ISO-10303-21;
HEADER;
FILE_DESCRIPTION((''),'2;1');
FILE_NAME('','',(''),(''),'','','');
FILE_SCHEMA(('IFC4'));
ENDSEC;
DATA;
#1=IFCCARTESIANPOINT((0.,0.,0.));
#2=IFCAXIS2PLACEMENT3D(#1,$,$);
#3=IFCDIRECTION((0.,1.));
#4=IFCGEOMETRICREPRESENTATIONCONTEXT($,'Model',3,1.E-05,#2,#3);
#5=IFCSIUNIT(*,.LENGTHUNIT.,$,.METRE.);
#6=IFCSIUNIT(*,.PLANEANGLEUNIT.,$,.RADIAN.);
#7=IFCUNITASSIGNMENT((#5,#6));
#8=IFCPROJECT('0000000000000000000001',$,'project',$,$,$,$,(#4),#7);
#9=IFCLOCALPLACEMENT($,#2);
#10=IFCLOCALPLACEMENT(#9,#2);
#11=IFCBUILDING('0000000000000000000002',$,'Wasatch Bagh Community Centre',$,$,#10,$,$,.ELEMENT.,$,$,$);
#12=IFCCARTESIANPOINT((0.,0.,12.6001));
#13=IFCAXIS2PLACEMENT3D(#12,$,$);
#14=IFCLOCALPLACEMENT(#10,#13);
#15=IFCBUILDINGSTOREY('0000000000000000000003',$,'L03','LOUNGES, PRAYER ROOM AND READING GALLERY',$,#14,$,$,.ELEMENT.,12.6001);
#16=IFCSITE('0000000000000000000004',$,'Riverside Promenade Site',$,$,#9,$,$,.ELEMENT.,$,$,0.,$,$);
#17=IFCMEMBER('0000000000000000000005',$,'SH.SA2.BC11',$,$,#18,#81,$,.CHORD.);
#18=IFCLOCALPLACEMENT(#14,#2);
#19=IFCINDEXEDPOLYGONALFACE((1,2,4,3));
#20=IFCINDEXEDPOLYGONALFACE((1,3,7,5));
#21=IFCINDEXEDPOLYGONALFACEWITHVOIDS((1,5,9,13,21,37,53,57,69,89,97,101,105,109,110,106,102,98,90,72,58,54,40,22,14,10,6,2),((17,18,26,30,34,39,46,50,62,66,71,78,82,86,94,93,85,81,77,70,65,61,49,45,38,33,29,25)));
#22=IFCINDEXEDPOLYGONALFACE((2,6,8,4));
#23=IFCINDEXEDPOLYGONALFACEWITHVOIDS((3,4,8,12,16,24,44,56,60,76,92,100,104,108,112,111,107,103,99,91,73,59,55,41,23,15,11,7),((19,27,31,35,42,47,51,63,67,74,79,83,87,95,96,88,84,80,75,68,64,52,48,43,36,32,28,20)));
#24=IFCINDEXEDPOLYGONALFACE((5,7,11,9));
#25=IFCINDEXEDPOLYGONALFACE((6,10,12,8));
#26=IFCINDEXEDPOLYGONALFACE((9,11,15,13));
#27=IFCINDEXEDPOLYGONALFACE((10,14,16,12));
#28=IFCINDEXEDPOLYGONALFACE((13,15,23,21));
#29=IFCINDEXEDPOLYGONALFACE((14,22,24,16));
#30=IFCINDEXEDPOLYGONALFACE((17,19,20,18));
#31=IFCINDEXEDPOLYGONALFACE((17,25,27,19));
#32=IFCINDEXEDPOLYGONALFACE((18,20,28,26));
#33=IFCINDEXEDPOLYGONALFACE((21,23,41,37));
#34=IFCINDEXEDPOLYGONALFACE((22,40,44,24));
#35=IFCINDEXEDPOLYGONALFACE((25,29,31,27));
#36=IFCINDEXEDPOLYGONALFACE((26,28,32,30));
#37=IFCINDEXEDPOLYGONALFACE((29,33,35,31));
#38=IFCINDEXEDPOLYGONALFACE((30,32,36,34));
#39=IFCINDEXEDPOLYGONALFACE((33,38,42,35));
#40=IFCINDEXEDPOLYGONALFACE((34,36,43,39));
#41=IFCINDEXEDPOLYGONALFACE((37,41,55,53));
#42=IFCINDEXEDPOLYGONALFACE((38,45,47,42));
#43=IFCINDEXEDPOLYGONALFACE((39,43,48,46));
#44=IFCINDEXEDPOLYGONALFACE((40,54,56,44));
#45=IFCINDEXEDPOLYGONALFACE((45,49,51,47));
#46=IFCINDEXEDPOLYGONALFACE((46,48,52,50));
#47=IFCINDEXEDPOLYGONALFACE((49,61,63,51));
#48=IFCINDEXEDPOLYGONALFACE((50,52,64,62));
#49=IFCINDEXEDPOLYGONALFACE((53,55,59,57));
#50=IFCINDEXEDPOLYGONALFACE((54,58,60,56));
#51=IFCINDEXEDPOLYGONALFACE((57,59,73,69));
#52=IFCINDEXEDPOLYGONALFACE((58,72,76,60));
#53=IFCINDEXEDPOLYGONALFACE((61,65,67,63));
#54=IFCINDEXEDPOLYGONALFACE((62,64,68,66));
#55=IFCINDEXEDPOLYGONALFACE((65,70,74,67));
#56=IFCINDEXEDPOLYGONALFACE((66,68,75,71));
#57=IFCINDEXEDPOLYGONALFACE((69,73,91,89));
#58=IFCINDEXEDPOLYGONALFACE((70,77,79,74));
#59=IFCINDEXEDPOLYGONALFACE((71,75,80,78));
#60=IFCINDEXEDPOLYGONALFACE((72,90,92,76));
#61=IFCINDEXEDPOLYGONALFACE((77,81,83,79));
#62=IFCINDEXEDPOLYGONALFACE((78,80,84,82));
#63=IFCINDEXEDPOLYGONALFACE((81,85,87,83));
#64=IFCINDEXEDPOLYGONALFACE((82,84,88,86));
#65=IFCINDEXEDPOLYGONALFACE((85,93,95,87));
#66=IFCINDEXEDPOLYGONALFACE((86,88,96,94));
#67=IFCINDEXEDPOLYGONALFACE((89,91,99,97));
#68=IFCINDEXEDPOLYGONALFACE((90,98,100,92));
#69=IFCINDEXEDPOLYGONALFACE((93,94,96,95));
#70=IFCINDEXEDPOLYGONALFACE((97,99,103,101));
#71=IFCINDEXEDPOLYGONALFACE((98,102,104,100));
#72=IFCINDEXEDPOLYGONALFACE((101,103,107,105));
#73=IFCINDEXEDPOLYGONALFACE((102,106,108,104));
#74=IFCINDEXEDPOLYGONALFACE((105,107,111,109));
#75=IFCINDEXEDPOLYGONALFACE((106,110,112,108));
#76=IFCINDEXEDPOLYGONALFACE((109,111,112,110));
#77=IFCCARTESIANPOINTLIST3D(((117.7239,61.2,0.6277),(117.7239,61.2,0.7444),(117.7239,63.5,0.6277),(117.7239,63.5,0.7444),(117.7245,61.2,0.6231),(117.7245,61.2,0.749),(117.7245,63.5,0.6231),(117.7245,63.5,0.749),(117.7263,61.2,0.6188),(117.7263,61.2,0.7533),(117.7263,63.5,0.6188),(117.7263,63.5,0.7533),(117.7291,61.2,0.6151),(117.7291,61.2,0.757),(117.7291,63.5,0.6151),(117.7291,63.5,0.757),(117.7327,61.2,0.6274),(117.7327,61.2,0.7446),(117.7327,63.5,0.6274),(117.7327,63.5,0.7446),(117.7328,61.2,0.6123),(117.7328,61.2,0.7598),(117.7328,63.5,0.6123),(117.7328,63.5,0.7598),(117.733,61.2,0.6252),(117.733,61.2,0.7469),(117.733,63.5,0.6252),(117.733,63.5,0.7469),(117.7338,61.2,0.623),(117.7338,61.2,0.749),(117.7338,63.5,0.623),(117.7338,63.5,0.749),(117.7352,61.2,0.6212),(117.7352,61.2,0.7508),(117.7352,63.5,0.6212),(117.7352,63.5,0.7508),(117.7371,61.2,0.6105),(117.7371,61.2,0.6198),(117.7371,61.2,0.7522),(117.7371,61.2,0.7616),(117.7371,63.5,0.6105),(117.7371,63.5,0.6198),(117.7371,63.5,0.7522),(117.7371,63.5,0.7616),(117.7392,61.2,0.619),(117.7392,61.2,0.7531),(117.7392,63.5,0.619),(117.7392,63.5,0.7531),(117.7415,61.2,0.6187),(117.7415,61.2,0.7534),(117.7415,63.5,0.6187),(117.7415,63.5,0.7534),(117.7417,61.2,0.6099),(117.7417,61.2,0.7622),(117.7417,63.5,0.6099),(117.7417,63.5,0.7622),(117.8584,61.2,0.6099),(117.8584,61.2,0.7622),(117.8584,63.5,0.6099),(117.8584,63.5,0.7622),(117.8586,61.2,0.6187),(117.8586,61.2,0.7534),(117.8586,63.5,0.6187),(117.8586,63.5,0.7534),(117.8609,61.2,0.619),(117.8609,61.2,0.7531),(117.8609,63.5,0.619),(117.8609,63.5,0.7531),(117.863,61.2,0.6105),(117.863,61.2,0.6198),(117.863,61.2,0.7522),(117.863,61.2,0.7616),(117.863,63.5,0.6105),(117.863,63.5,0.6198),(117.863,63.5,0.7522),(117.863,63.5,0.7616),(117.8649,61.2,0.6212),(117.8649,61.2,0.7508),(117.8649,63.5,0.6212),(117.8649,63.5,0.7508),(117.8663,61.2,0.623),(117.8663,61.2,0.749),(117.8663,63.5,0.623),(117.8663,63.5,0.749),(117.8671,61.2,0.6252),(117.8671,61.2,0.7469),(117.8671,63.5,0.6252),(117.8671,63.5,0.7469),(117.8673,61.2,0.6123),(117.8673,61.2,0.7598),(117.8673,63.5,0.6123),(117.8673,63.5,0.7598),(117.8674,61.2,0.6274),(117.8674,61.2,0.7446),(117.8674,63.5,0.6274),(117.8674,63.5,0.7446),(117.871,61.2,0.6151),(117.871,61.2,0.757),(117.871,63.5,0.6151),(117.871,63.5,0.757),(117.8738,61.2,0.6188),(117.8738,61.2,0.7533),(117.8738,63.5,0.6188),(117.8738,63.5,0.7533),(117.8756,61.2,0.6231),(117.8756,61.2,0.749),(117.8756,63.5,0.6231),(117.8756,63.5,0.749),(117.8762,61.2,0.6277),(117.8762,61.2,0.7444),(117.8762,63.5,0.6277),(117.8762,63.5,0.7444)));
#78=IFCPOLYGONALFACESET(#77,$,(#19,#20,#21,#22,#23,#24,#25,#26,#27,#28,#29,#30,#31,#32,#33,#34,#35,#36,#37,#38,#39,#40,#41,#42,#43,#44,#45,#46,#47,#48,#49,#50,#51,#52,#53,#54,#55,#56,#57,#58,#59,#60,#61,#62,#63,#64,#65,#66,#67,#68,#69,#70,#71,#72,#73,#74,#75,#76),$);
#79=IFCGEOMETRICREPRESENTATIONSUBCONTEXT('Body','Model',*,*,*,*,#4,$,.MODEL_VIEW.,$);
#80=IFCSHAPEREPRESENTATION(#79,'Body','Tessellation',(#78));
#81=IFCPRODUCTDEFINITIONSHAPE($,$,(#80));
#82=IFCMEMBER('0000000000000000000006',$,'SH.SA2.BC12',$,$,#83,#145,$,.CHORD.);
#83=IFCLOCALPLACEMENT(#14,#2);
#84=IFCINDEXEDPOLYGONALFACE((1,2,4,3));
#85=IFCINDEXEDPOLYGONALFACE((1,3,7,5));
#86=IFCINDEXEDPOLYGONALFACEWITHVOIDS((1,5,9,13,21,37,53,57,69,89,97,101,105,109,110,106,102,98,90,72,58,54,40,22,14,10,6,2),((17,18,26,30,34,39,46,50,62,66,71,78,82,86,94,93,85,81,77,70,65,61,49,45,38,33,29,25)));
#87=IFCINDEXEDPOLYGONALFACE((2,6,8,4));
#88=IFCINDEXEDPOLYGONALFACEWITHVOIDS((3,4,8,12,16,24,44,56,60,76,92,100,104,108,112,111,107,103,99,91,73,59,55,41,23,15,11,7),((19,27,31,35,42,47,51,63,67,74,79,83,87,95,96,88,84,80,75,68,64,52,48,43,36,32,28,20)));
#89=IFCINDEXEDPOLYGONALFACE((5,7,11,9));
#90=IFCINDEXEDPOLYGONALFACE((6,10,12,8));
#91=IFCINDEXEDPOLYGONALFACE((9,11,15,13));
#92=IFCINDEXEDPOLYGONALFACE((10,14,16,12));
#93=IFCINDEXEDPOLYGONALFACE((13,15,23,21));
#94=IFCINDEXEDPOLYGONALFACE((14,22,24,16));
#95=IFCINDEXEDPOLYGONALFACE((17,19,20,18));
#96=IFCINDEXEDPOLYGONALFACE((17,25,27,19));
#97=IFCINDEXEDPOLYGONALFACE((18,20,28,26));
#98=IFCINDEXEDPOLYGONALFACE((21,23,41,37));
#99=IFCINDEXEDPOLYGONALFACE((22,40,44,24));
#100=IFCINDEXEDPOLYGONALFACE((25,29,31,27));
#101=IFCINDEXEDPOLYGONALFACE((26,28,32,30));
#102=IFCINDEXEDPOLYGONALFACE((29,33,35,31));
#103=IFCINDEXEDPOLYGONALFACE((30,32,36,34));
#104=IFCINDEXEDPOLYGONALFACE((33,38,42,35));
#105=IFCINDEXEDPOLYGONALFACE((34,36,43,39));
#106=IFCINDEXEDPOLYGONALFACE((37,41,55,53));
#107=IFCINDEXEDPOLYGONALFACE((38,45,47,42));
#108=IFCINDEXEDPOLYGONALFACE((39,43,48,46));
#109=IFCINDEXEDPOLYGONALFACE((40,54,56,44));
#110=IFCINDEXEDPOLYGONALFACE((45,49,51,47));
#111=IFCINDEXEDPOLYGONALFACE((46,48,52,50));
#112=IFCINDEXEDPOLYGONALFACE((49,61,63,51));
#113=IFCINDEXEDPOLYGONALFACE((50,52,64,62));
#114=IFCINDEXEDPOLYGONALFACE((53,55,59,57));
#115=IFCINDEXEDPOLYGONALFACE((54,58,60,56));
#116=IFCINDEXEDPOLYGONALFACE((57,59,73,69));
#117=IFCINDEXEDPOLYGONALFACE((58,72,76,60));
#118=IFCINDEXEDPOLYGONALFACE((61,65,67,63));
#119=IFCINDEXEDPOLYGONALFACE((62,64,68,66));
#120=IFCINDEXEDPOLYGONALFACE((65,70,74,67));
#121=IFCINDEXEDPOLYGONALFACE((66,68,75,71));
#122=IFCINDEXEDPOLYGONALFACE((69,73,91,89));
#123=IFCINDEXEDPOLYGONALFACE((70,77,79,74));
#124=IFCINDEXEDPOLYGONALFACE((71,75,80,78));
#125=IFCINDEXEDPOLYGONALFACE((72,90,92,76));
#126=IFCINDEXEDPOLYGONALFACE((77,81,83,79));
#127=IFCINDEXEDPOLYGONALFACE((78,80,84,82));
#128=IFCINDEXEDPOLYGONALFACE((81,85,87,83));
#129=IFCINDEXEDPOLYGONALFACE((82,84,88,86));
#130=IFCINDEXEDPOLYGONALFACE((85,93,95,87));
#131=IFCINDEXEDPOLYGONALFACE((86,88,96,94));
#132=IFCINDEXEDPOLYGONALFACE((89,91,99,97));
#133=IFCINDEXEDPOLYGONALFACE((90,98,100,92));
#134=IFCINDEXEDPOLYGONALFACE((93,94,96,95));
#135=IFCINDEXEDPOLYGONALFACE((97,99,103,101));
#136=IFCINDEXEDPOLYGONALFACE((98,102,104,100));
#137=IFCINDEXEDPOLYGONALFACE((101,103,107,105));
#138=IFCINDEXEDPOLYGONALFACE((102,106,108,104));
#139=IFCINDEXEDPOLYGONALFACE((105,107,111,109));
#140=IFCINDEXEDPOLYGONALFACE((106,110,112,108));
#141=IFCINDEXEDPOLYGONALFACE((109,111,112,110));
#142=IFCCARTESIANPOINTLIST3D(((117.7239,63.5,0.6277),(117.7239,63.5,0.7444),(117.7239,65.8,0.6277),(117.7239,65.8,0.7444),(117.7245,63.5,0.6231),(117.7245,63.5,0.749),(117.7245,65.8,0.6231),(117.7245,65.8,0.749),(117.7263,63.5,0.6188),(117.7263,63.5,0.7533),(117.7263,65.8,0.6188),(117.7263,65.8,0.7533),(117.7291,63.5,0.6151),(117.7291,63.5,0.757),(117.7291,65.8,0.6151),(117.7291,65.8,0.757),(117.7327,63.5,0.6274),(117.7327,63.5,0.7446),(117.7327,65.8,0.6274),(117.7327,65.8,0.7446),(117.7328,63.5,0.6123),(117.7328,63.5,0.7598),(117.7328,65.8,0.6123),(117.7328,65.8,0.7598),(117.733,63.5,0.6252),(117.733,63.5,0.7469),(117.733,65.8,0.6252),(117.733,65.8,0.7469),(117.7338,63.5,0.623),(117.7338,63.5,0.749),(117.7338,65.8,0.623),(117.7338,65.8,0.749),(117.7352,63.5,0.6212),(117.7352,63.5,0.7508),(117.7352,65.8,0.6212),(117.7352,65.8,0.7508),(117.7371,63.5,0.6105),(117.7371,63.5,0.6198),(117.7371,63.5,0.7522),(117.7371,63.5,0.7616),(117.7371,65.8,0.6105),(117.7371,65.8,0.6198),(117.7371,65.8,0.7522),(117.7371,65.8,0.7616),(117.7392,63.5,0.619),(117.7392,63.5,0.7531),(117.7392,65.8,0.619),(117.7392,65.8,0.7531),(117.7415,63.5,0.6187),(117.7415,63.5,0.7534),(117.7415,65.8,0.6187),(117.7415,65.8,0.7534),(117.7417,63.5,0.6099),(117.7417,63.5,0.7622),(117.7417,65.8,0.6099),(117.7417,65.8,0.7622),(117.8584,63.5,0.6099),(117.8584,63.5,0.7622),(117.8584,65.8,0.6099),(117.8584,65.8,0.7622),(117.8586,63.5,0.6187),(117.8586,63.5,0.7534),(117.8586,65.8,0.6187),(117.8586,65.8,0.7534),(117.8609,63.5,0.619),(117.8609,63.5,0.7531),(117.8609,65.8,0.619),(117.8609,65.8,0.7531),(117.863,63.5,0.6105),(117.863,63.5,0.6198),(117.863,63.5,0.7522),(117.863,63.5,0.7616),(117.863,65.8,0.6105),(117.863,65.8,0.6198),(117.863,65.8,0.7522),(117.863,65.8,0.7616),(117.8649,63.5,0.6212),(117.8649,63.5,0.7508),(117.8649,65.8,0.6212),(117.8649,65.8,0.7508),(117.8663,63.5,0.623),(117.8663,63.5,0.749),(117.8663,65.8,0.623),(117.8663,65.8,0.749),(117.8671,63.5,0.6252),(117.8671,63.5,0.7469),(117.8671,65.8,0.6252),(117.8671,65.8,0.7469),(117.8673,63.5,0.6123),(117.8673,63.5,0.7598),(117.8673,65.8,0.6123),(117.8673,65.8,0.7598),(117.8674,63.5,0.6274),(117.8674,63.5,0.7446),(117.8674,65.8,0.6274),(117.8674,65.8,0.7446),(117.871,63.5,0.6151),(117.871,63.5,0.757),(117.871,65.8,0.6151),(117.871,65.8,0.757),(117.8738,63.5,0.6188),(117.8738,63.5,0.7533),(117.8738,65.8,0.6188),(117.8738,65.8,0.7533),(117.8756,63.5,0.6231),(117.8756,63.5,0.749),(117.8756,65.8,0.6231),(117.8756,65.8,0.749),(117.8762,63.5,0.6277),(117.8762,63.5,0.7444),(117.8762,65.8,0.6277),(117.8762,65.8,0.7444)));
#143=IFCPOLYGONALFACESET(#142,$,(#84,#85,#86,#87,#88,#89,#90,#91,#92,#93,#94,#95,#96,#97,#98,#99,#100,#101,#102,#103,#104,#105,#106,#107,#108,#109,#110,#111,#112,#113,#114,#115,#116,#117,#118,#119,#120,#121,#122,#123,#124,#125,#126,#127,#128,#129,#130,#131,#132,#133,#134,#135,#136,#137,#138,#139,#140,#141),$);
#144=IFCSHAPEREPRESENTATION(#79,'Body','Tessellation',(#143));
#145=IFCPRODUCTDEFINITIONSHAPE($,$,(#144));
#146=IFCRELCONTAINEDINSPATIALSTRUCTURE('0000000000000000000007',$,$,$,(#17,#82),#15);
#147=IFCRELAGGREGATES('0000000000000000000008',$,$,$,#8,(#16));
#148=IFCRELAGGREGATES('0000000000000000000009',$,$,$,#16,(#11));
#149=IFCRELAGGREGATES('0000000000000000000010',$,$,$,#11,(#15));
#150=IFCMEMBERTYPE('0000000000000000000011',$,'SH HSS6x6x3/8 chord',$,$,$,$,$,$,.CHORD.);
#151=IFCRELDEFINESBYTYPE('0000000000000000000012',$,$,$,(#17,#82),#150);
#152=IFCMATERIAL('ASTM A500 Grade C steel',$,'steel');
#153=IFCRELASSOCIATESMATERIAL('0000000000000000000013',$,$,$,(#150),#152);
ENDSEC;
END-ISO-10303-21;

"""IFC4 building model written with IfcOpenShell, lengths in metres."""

from ifc_helpers import new_model, si_unit, direction, frame, origin, origin_2d, place, context, subcontext, project, spatial, hollow_rectangle, extrude, material, material_profile, profile_set, type_object, element, save


model = new_model("IFC4")

# Units and contexts
model_context = context("Model", 3, precision=1e-05, world=origin(), true_north=direction((0.0, 1.0)))
body_context = subcontext(model_context, "Body", "Model", "MODEL_VIEW")
ifc_project = project(units=[si_unit("LENGTHUNIT", "METRE"), si_unit("PLANEANGLEUNIT", "RADIAN")], contexts=[model_context])

# Site, building, storey
site_placement = place(None, origin())
site = spatial("IfcSite", under=ifc_project, at=site_placement, Name="Riverside Promenade Site", CompositionType="ELEMENT", RefElevation=0.0)
building_placement = place(site_placement, origin())
building = spatial("IfcBuilding", under=site, at=building_placement, Name="Wasatch Bagh Community Centre", CompositionType="ELEMENT")
storey_placement = place(building_placement, frame((0.0, 0.0, 12.6001)))
storey = spatial("IfcBuildingStorey", under=building, at=storey_placement, Name="L03", Description="LOUNGES, PRAYER ROOM AND READING GALLERY", CompositionType="ELEMENT", Elevation=12.6001)

# Members
ifc_material_1 = material(Name="ASTM A500 Grade C steel", Category="steel")
ifc_material_profile_1 = material_profile(ifc_material_1, hollow_rectangle(XDim=0.1523, YDim=0.1523, WallThickness=0.0088, InnerFilletRadius=0.0088, OuterFilletRadius=0.0178, at=origin_2d()), Name="HSS6x6x3/8")
ifc_profile_set_1 = profile_set([ifc_material_profile_1], Name="ASTM A500 Grade C steel")
member_type_1 = type_object("IfcMemberType", Name="SH HSS6x6x3/8 chord", PredefinedType="CHORD", material=ifc_profile_set_1)
for number, where, z_axis, x_axis, name in (
    (1, (117.8, 61.2, 0.686), (0.0, 1.0, 0.0), (-1.0, 0.0, 0.0), "SH.SA2.BC11"),
    (2, (117.8, 63.5, 0.686), (0.0, 1.0, 0.0), (-1.0, 0.0, 0.0), "SH.SA2.BC12"),
):
    element("IfcMember", number, at=place(storey_placement, frame(where, z_axis=z_axis, x_axis=x_axis)), inside=storey, type_object=member_type_1, Name=name, PredefinedType="CHORD", context=body_context, shape_type="SweptSolid", body=[
        extrude(hollow_rectangle(XDim=0.1523, YDim=0.1523, WallThickness=0.0088, InnerFilletRadius=0.0088, OuterFilletRadius=0.0178, at=origin_2d()), origin(), (0.0, 0.0, 1.0), 2.3),
    ])

save(model, "model.ifc")
